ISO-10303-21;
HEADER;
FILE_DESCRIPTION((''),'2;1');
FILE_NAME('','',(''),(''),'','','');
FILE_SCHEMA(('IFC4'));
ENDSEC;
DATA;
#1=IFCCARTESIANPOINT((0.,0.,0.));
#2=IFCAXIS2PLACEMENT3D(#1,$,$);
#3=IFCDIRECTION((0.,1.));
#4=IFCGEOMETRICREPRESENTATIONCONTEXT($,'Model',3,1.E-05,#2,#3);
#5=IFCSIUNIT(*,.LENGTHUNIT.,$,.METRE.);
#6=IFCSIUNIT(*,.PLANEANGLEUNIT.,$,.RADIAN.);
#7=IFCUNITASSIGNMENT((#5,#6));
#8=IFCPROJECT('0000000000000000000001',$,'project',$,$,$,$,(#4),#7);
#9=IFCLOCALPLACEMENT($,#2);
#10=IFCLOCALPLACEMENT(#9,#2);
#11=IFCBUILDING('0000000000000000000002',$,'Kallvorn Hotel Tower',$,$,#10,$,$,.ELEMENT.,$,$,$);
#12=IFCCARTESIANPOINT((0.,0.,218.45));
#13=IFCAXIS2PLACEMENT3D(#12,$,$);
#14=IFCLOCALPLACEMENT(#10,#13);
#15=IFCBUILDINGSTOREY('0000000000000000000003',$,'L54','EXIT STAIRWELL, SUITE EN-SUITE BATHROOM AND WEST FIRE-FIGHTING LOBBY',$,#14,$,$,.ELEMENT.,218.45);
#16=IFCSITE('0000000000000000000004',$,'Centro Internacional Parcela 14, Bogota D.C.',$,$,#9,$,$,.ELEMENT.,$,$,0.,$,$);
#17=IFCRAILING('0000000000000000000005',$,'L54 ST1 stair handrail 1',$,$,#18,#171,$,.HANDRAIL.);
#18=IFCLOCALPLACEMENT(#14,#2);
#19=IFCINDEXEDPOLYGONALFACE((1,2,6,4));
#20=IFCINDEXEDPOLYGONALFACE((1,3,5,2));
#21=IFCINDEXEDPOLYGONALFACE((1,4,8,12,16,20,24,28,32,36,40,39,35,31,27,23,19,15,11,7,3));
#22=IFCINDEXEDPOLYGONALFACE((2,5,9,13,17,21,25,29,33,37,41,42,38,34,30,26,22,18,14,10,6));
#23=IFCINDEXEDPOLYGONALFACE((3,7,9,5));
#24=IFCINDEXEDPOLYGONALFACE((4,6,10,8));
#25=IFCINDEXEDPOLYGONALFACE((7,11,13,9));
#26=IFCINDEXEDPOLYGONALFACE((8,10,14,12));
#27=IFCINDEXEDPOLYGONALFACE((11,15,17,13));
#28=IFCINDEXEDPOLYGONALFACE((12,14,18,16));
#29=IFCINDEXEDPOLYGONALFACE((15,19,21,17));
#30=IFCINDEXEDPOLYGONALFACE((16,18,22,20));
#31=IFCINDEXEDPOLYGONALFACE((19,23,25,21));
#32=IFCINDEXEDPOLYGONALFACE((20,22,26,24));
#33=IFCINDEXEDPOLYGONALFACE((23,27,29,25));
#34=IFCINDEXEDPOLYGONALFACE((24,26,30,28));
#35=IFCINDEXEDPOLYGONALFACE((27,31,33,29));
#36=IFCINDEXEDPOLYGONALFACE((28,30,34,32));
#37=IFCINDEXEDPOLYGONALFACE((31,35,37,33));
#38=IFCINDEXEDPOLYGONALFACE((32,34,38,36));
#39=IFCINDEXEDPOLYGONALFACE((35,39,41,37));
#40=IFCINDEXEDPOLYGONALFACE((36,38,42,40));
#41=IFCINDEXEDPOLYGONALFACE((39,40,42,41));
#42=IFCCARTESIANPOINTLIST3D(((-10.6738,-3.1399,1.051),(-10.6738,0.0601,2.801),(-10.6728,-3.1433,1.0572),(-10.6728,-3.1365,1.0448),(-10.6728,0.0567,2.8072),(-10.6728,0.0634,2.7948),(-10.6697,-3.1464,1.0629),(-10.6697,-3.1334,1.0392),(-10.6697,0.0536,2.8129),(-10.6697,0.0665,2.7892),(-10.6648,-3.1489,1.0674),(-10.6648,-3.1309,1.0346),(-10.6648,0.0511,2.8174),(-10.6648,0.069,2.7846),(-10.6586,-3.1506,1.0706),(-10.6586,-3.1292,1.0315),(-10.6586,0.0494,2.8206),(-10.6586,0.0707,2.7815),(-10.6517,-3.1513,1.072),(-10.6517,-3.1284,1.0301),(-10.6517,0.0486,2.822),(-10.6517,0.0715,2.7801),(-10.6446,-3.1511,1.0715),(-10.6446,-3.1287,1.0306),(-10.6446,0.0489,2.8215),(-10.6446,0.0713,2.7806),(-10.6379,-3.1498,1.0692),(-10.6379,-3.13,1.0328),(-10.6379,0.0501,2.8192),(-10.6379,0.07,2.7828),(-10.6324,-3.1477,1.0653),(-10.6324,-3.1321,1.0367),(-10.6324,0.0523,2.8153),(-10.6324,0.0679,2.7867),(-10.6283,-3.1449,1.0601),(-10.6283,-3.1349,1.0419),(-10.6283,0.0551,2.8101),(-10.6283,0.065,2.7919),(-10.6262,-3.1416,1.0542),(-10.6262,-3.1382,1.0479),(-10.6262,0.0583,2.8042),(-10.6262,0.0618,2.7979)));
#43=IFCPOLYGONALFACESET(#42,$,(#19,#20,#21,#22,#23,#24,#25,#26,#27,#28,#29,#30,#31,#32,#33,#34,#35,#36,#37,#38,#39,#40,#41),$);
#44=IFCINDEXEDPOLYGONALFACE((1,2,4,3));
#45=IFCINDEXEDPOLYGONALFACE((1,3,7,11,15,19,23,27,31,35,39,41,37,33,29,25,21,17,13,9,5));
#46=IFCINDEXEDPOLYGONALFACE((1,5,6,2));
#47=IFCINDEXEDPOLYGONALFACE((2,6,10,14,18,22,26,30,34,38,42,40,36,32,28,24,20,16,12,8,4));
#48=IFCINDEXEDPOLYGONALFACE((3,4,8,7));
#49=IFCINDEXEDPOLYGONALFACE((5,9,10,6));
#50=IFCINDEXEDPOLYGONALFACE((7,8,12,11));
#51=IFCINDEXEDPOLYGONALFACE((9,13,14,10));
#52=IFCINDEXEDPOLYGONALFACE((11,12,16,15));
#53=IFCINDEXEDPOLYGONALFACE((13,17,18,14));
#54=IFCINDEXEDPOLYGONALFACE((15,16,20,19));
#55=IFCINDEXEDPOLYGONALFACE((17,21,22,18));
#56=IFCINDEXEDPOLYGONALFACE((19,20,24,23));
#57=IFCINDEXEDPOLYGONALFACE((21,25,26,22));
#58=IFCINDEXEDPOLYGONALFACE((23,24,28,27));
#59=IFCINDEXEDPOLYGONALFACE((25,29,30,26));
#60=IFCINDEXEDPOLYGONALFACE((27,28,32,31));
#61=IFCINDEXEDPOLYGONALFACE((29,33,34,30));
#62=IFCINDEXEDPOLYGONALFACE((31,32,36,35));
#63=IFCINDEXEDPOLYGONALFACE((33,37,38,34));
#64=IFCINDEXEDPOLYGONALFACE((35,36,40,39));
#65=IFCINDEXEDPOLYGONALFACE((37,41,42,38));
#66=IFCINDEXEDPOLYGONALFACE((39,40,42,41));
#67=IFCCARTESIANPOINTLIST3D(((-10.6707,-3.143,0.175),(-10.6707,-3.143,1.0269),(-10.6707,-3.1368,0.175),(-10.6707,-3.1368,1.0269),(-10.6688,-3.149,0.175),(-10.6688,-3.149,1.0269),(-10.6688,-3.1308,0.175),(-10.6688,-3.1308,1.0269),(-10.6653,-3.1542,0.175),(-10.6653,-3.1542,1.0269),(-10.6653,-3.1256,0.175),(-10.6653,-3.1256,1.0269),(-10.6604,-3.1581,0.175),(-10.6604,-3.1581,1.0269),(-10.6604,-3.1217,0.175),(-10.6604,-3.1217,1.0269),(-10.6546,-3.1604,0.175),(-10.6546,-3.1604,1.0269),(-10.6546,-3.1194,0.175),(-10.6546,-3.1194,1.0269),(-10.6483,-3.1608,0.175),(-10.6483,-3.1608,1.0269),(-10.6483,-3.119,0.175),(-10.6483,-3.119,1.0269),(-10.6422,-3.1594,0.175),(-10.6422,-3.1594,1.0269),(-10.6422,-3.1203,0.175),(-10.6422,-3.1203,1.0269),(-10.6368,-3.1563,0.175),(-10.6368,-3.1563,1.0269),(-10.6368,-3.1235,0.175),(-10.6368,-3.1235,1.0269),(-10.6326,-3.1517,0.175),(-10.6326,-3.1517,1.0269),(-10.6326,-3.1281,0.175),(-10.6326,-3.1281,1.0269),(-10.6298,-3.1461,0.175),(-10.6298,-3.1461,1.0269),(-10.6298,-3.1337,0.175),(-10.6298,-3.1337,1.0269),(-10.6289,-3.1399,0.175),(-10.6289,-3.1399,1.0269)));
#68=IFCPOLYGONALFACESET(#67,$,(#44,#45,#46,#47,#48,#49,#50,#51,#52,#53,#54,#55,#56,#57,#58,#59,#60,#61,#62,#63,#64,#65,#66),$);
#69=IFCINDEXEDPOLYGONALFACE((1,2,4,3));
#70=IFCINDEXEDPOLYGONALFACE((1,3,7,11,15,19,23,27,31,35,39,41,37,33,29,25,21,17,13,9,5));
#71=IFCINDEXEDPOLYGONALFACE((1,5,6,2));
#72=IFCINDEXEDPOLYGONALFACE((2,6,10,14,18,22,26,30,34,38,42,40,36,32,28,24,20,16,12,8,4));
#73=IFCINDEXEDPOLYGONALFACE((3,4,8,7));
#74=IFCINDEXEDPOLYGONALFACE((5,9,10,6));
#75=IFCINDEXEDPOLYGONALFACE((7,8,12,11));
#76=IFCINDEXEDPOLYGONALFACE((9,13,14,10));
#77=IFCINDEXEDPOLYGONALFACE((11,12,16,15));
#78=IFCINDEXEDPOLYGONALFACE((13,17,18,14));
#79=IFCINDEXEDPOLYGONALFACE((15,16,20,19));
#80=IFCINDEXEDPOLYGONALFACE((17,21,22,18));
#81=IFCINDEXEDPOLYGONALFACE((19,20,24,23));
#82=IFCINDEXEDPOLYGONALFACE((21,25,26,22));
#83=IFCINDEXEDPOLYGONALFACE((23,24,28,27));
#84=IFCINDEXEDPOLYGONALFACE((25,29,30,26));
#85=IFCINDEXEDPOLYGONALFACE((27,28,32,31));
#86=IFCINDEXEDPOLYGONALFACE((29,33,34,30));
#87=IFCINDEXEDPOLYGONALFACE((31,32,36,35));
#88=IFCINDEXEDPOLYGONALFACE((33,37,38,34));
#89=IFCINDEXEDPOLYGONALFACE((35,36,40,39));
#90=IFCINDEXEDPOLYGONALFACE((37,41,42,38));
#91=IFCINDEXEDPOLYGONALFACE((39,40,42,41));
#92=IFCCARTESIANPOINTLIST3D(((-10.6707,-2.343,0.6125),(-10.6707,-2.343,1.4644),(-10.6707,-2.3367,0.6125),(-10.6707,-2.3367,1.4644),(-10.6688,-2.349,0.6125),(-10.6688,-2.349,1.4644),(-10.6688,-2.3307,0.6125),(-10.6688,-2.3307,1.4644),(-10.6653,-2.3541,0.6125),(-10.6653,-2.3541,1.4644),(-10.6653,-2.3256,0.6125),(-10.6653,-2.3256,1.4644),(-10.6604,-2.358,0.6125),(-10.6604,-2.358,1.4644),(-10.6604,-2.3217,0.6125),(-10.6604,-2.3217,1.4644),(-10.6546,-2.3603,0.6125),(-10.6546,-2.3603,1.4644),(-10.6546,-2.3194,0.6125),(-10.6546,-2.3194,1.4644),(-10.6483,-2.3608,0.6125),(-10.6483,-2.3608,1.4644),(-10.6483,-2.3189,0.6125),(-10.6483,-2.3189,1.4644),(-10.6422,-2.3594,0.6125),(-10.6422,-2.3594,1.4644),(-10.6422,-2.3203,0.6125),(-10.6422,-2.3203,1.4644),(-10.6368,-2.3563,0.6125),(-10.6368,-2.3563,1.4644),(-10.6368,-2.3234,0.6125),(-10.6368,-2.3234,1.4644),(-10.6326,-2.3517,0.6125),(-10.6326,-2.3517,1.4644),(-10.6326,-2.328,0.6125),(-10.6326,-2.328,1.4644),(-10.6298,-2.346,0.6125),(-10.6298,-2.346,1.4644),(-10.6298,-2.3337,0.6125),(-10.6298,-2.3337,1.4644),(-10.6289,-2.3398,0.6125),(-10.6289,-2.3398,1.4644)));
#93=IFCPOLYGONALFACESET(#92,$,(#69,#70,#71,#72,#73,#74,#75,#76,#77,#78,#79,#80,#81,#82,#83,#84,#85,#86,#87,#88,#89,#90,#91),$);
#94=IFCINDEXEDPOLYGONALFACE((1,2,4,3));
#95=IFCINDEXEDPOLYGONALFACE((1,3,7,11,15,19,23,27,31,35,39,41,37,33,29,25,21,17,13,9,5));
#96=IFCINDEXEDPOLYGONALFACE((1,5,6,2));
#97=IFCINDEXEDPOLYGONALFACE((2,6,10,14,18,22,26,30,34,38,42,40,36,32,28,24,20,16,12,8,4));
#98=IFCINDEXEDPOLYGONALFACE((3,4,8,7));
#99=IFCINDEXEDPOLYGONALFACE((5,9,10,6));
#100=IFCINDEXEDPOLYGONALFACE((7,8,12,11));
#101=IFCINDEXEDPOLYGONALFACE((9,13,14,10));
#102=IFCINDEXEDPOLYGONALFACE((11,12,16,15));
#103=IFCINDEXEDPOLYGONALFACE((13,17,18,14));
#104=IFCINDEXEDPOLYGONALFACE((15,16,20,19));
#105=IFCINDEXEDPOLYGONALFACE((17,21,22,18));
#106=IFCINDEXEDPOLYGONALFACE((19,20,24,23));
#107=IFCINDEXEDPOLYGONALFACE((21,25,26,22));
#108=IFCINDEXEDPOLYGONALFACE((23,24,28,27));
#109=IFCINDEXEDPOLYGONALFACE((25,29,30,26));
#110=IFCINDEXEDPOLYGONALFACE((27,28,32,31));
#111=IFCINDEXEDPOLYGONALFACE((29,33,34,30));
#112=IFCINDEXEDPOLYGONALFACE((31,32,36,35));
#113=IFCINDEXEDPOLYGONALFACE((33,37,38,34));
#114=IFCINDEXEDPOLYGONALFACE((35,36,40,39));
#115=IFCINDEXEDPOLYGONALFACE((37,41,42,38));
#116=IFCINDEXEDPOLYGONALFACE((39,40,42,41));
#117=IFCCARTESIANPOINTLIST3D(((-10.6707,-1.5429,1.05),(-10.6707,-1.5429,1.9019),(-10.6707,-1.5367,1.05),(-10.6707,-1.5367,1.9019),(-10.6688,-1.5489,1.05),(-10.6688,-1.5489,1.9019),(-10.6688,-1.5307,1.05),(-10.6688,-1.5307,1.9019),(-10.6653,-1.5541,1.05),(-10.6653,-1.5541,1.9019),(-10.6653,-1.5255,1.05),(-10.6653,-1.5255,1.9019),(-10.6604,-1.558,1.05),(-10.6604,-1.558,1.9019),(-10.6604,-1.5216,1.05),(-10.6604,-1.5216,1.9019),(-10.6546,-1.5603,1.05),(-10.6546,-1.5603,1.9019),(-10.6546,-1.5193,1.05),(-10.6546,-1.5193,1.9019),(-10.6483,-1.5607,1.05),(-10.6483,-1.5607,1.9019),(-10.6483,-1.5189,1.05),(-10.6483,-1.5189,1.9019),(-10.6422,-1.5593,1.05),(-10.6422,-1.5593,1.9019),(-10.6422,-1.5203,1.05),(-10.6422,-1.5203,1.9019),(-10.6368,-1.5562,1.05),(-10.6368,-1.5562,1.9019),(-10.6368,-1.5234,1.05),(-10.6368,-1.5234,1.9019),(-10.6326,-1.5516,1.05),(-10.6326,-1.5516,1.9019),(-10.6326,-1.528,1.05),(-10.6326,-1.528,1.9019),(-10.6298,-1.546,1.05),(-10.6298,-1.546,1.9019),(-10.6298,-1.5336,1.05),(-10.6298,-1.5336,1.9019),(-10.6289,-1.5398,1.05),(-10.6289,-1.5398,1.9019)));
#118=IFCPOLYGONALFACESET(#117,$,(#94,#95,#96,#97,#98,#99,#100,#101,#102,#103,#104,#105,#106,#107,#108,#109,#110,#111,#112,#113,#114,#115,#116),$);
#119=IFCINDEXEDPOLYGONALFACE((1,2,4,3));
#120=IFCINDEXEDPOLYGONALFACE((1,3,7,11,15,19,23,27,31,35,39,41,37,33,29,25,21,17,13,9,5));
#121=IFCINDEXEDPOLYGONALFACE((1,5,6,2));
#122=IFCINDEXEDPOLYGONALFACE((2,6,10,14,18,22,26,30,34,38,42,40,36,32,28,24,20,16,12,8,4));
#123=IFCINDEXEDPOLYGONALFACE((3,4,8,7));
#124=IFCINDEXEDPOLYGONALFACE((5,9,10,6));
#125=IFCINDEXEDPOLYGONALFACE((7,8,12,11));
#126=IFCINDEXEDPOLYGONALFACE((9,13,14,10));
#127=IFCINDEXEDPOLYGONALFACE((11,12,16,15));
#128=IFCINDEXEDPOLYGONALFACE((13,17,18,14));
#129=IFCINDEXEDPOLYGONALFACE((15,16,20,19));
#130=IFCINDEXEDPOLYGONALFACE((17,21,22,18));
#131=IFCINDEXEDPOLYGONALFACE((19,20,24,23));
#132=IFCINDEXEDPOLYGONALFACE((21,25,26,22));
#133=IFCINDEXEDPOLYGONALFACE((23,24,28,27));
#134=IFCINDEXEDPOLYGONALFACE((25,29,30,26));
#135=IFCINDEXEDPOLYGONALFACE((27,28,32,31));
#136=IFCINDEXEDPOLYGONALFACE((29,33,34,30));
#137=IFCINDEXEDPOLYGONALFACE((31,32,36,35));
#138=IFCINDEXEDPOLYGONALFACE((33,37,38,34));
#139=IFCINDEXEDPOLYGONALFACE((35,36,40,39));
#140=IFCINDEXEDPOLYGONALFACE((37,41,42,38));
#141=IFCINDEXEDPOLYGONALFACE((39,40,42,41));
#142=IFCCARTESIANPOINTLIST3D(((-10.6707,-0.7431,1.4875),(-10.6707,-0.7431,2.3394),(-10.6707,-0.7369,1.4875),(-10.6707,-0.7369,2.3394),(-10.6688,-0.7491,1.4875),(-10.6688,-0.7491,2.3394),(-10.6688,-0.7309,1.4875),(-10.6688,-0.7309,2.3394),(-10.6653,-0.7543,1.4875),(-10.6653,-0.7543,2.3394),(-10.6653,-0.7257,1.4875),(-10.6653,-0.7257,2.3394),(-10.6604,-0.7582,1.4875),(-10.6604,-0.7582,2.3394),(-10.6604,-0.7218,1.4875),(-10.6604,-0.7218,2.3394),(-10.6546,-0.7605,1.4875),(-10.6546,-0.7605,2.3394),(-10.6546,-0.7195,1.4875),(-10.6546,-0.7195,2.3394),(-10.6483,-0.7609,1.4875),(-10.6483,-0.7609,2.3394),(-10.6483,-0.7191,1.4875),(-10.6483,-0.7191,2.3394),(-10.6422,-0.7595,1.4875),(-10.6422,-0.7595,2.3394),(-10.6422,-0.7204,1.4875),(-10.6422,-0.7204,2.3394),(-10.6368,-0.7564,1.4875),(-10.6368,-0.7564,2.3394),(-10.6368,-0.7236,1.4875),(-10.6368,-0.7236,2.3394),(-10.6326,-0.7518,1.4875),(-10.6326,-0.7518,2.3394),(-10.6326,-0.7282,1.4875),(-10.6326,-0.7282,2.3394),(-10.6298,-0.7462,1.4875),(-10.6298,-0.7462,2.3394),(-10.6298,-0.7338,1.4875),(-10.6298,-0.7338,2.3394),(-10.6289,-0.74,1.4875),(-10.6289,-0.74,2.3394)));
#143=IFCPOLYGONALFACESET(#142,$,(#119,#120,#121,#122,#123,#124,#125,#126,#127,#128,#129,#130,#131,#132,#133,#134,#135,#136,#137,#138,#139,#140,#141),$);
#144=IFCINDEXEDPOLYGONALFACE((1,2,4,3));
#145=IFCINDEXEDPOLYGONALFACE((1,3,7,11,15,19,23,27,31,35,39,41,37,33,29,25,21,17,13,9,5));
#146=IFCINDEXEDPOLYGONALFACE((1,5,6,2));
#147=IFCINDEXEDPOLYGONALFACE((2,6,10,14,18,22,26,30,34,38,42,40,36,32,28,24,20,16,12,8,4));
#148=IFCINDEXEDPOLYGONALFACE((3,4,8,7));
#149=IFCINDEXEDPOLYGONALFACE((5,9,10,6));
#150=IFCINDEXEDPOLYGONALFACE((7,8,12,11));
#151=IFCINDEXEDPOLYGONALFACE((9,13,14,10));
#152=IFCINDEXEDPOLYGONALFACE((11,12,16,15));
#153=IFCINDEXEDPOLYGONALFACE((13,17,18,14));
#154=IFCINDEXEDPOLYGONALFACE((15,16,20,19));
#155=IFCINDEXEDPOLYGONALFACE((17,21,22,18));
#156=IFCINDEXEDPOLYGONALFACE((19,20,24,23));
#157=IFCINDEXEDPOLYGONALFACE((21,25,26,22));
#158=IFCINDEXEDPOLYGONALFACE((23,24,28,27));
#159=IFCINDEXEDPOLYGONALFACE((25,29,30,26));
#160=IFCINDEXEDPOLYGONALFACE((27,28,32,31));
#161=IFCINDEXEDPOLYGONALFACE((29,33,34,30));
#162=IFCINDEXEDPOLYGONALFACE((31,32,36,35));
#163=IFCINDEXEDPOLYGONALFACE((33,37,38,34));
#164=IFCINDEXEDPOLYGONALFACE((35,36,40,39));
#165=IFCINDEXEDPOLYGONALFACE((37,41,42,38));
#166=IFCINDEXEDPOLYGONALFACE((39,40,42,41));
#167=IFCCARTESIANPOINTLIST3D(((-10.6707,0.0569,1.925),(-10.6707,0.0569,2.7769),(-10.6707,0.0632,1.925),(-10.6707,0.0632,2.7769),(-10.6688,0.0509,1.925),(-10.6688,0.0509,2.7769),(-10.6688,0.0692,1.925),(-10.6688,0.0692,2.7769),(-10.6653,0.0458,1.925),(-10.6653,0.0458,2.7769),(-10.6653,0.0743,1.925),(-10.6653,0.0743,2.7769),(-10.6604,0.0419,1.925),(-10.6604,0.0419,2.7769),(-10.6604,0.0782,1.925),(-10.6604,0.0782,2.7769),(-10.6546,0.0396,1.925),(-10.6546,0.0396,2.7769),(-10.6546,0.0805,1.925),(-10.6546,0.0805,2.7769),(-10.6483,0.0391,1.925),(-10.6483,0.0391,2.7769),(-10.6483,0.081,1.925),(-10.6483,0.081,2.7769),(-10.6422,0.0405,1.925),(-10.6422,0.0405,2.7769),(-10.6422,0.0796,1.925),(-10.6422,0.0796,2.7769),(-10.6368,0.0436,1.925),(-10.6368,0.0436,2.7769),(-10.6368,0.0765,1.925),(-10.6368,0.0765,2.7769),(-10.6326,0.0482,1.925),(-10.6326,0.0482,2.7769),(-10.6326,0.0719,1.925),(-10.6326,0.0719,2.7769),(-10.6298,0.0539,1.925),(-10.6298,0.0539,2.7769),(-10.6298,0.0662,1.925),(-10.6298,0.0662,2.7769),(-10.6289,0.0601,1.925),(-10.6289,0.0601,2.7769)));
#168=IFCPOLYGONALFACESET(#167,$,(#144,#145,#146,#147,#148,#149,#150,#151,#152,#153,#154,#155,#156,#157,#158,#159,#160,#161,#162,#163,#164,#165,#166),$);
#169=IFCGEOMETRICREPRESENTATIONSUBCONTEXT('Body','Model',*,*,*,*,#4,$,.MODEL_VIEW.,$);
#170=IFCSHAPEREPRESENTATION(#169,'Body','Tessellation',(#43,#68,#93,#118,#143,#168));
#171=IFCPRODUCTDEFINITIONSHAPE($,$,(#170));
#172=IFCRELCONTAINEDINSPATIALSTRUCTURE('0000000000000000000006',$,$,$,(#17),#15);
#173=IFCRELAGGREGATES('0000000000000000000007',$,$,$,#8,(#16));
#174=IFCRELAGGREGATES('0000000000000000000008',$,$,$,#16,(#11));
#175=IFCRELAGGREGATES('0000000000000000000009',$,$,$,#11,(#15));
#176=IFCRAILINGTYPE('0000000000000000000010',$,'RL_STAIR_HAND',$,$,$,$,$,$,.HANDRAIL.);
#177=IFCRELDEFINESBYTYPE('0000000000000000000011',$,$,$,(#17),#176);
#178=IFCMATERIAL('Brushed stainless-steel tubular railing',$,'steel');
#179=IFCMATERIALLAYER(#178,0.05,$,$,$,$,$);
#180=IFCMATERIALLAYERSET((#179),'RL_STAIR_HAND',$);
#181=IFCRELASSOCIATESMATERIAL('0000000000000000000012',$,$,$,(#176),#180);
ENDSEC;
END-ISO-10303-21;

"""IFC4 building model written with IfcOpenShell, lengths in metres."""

from ifc_helpers import new_model, si_unit, direction, frame, origin, origin_2d, place, context, subcontext, project, spatial, circle, extrude, material, layer, layer_set, type_object, element, save


model = new_model("IFC4")

# Units and contexts
model_context = context("Model", 3, precision=1e-05, world=origin(), true_north=direction((0.0, 1.0)))
body_context = subcontext(model_context, "Body", "Model", "MODEL_VIEW")
ifc_project = project(units=[si_unit("LENGTHUNIT", "METRE"), si_unit("PLANEANGLEUNIT", "RADIAN")], contexts=[model_context])

# Site, building, storey
site_placement = place(None, origin())
site = spatial("IfcSite", under=ifc_project, at=site_placement, Name="Centro Internacional Parcela 14, Bogota D.C.", CompositionType="ELEMENT", RefElevation=0.0)
building_placement = place(site_placement, origin())
building = spatial("IfcBuilding", under=site, at=building_placement, Name="Kallvorn Hotel Tower", CompositionType="ELEMENT")
storey_placement = place(building_placement, frame((0.0, 0.0, 218.45)))
storey = spatial("IfcBuildingStorey", under=building, at=storey_placement, Name="L54", Description="EXIT STAIRWELL, SUITE EN-SUITE BATHROOM AND WEST FIRE-FIGHTING LOBBY", CompositionType="ELEMENT", Elevation=218.45)

# Railing
ifc_material_1 = material(Name="Brushed stainless-steel tubular railing", Category="steel")
ifc_layer_1 = layer(ifc_material_1, 0.05)
ifc_layer_set_1 = layer_set([ifc_layer_1], Name="RL_STAIR_HAND")
railing_type_1 = type_object("IfcRailingType", Name="RL_STAIR_HAND", PredefinedType="HANDRAIL", material=ifc_layer_set_1)
railing_1_placement = place(storey_placement, frame((-10.6499, -3.1399, 0.175)))
element("IfcRailing", 1, at=railing_1_placement, inside=storey, type_object=railing_type_1, Name="L54 ST1 stair handrail 1", PredefinedType="HANDRAIL", context=body_context, shape_type="SweptSolid", body=[
    extrude(circle(Radius=0.0239, at=origin_2d()), frame((0.0, 0.0, 0.876), z_axis=(0.0, 0.877368, 0.479818), x_axis=(-1.0, 0.0, 0.0)), (0.0, 0.0, 1.0), 3.6472),
    extrude(circle(Radius=0.021, at=origin_2d()), origin(), (0.0, 0.0, 1.0), 0.8518),
    extrude(circle(Radius=0.021, at=origin_2d()), frame((0.0, 0.8, 0.4375)), (0.0, 0.0, 1.0), 0.8518),
    extrude(circle(Radius=0.021, at=origin_2d()), frame((0.0, 1.6001, 0.875)), (0.0, 0.0, 1.0), 0.8518),
    extrude(circle(Radius=0.021, at=origin_2d()), frame((0.0, 2.3999, 1.3125)), (0.0, 0.0, 1.0), 0.8518),
    extrude(circle(Radius=0.021, at=origin_2d()), frame((0.0, 3.2, 1.75)), (0.0, 0.0, 1.0), 0.8518),
])

save(model, "model.ifc")
